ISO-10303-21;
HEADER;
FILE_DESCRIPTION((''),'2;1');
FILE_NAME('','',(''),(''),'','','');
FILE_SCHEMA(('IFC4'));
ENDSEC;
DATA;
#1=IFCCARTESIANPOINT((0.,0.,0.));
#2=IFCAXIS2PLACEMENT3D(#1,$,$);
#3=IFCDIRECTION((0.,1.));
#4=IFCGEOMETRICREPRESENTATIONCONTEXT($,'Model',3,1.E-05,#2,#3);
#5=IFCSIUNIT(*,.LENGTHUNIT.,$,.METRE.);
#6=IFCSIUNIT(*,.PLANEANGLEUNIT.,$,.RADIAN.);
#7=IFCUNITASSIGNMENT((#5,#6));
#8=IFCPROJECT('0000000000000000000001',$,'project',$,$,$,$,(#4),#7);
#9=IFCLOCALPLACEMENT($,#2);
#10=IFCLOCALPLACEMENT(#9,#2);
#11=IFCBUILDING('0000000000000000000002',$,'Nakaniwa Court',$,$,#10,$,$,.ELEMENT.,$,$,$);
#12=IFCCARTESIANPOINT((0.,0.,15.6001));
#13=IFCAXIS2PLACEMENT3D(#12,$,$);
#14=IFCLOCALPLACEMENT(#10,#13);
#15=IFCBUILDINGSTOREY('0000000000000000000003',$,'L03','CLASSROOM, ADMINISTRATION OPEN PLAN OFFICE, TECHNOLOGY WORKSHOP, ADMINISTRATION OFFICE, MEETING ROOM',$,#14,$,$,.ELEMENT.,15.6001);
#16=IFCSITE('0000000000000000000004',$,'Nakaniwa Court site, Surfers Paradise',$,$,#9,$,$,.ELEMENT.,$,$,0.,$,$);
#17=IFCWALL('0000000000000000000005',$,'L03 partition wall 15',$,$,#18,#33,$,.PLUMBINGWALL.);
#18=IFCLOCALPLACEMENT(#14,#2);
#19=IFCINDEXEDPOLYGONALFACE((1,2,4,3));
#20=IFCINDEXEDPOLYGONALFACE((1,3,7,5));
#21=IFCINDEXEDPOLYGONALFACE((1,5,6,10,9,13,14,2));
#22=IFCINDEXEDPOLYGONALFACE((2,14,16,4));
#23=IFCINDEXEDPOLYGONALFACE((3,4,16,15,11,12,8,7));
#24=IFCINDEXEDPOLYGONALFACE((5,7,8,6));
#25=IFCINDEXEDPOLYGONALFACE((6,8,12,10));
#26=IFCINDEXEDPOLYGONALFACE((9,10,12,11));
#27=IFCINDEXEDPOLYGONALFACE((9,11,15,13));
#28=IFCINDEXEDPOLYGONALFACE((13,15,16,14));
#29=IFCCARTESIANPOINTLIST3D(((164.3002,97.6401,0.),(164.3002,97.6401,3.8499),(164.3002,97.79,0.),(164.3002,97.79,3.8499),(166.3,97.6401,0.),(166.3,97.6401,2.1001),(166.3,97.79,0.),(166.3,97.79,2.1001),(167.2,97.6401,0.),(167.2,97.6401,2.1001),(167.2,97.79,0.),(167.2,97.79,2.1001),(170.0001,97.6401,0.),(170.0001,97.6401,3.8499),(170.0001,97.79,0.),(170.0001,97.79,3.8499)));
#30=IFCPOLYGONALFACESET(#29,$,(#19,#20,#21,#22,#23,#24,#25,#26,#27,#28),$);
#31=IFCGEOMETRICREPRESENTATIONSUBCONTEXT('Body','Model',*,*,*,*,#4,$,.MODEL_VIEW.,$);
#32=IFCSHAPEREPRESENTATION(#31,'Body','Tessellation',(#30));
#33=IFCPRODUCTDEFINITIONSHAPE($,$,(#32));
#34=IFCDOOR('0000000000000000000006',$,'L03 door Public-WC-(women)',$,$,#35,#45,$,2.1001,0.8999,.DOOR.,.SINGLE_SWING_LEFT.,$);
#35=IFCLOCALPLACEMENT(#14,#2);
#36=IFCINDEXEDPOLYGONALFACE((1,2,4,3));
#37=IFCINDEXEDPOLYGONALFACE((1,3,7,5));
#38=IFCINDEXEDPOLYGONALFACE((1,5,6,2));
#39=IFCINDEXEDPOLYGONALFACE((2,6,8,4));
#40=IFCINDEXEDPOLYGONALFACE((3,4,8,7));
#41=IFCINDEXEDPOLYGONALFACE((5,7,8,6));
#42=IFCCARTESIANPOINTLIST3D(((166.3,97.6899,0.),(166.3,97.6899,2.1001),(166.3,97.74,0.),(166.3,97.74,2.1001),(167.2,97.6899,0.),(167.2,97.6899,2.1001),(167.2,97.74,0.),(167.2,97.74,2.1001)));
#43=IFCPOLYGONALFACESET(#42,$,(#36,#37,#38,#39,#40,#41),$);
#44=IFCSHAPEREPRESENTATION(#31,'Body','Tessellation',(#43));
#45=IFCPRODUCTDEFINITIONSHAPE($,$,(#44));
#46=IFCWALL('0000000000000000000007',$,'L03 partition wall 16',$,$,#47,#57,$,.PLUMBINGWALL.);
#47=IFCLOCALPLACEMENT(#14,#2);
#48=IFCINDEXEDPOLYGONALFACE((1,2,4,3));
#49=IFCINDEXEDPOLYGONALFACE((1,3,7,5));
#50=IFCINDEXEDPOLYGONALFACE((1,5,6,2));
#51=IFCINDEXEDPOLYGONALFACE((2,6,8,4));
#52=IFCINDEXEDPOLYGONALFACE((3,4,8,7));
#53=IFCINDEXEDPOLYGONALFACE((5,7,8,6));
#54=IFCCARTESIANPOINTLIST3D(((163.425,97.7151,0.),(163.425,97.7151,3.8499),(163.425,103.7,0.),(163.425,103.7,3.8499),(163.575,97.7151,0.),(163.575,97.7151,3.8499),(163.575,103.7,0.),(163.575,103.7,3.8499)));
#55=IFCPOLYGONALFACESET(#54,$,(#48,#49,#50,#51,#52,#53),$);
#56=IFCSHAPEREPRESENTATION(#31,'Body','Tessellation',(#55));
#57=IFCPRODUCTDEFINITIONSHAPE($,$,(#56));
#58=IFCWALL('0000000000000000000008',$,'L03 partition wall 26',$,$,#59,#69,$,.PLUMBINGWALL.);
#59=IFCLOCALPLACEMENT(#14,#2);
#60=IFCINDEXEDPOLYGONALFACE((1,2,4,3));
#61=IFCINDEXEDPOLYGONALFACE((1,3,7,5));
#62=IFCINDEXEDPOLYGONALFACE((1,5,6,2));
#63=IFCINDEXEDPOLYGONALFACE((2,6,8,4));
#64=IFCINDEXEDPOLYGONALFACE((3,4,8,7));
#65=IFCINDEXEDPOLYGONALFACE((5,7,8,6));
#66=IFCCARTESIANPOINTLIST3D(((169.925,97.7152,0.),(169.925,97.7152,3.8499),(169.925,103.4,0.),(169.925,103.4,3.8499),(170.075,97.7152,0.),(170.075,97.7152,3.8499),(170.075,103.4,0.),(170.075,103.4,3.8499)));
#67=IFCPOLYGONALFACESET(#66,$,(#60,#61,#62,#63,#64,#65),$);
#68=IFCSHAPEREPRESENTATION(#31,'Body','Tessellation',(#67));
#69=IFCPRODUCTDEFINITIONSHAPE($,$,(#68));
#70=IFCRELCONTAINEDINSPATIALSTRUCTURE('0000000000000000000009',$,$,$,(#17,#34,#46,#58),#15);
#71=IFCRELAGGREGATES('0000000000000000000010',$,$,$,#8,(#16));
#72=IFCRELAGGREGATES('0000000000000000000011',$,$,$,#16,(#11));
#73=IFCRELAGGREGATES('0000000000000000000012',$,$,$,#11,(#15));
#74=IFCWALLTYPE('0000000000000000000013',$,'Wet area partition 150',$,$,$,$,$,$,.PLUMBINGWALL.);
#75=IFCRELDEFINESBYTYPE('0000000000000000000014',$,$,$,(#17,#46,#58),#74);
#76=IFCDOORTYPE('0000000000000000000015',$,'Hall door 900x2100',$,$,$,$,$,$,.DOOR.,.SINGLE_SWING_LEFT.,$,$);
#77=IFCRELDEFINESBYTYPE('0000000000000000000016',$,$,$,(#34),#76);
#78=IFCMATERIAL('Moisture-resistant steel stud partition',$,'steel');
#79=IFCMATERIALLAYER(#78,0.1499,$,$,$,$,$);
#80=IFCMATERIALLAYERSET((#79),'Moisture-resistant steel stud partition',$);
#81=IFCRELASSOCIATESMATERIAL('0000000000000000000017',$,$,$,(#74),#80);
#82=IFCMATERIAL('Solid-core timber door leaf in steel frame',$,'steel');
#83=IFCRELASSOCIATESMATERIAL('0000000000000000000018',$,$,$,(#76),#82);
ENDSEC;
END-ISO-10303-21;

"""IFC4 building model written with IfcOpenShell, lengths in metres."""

from ifc_helpers import new_model, si_unit, direction, frame, frame_2d, origin, place, context, subcontext, project, spatial, rectangle, extrude, material, layer, layer_set, type_object, element, fill, save


model = new_model("IFC4")

# Units and contexts
model_context = context("Model", 3, precision=1e-05, world=origin(), true_north=direction((0.0, 1.0)))
body_context = subcontext(model_context, "Body", "Model", "MODEL_VIEW")
ifc_project = project(units=[si_unit("LENGTHUNIT", "METRE"), si_unit("PLANEANGLEUNIT", "RADIAN")], contexts=[model_context])

# Site, building, storey
site_placement = place(None, origin())
site = spatial("IfcSite", under=ifc_project, at=site_placement, Name="Nakaniwa Court site, Surfers Paradise", CompositionType="ELEMENT", RefElevation=0.0)
building_placement = place(site_placement, origin())
building = spatial("IfcBuilding", under=site, at=building_placement, Name="Nakaniwa Court", CompositionType="ELEMENT")
storey_placement = place(building_placement, frame((0.0, 0.0, 15.6001)))
storey = spatial("IfcBuildingStorey", under=building, at=storey_placement, Name="L03", Description="CLASSROOM, ADMINISTRATION OPEN PLAN OFFICE, TECHNOLOGY WORKSHOP, ADMINISTRATION OFFICE, MEETING ROOM", CompositionType="ELEMENT", Elevation=15.6001)

# Shared definitions
ifc_material_1 = material(Name="Solid-core timber door leaf in steel frame", Category="steel")

# Shared definitions
ifc_material_2 = material(Name="Moisture-resistant steel stud partition", Category="steel")
ifc_layer_1 = layer(ifc_material_2, 0.1499)
ifc_layer_set_1 = layer_set([ifc_layer_1], Name="Moisture-resistant steel stud partition")
wall_type_1 = type_object("IfcWallType", Name="Wet area partition 150", PredefinedType="PLUMBINGWALL", material=ifc_layer_set_1)

# Wall, opening, door
wall_1_placement = place(storey_placement, frame((164.3, 97.7151, 0.0), z_axis=(0.0, 0.0, 1.0), x_axis=(1.0, 0.0, 0.0)))
wall_1 = element("IfcWall", 1, at=wall_1_placement, inside=storey, type_object=wall_type_1, Name="L03 partition wall 15", PredefinedType="PLUMBINGWALL", context=body_context, shape_type="SweptSolid", body=[
    extrude(rectangle(XDim=5.7, YDim=0.1499, at=frame_2d((2.8501, 0.0))), origin(), (0.0, 0.0, 1.0), 3.8499),
])
opening_1_placement = place(wall_1_placement, frame((2.0, 0.0, 0.0)))
opening_1 = element("IfcOpeningElement", 2, at=opening_1_placement, cuts=wall_1, PredefinedType="OPENING", context=body_context, shape_type="SweptSolid", body=[
    extrude(rectangle(XDim=0.8999, YDim=2.1001, at=frame_2d((0.45, 1.05))), frame((0.0, 0.085, 0.0), z_axis=(0.0, -1.0, 0.0), x_axis=(1.0, 0.0, 0.0)), (0.0, 0.0, 1.0), 0.1699),
])
door_type_1 = type_object("IfcDoorType", Name="Hall door 900x2100", OperationType="SINGLE_SWING_LEFT", PredefinedType="DOOR", material=ifc_material_1)
door_1_placement = place(opening_1_placement, origin())
door_1 = element("IfcDoor", 3, at=door_1_placement, inside=storey, type_object=door_type_1, Name="L03 door Public-WC-(women)", OperationType="SINGLE_SWING_LEFT", OverallHeight=2.1001, OverallWidth=0.8999, PredefinedType="DOOR", context=body_context, shape_type="SweptSolid", body=[
    extrude(rectangle(XDim=0.8999, YDim=2.1001, at=frame_2d((0.45, 1.05))), frame((0.0, 0.0249, 0.0), z_axis=(0.0, -1.0, 0.0), x_axis=(1.0, 0.0, 0.0)), (0.0, 0.0, 1.0), 0.05),
])
fill(opening_1, door_1)

# Walls
wall_2_placement = place(storey_placement, frame((163.5, 103.7, 0.0), z_axis=(0.0, 0.0, 1.0), x_axis=(0.0, -1.0, 0.0)))
element("IfcWall", 4, at=wall_2_placement, inside=storey, type_object=wall_type_1, Name="L03 partition wall 16", PredefinedType="PLUMBINGWALL", context=body_context, shape_type="SweptSolid", body=[
    extrude(rectangle(XDim=5.9849, YDim=0.1499, at=frame_2d((2.9924, 0.0))), origin(), (0.0, 0.0, 1.0), 3.8499),
])
wall_3_placement = place(storey_placement, frame((170.0, 103.3999, 0.0), z_axis=(0.0, 0.0, 1.0), x_axis=(0.0, -1.0, 0.0)))
element("IfcWall", 5, at=wall_3_placement, inside=storey, type_object=wall_type_1, Name="L03 partition wall 26", PredefinedType="PLUMBINGWALL", context=body_context, shape_type="SweptSolid", body=[
    extrude(rectangle(XDim=5.6848, YDim=0.1499, at=frame_2d((2.8423, 0.0))), origin(), (0.0, 0.0, 1.0), 3.8499),
])

save(model, "model.ifc")
